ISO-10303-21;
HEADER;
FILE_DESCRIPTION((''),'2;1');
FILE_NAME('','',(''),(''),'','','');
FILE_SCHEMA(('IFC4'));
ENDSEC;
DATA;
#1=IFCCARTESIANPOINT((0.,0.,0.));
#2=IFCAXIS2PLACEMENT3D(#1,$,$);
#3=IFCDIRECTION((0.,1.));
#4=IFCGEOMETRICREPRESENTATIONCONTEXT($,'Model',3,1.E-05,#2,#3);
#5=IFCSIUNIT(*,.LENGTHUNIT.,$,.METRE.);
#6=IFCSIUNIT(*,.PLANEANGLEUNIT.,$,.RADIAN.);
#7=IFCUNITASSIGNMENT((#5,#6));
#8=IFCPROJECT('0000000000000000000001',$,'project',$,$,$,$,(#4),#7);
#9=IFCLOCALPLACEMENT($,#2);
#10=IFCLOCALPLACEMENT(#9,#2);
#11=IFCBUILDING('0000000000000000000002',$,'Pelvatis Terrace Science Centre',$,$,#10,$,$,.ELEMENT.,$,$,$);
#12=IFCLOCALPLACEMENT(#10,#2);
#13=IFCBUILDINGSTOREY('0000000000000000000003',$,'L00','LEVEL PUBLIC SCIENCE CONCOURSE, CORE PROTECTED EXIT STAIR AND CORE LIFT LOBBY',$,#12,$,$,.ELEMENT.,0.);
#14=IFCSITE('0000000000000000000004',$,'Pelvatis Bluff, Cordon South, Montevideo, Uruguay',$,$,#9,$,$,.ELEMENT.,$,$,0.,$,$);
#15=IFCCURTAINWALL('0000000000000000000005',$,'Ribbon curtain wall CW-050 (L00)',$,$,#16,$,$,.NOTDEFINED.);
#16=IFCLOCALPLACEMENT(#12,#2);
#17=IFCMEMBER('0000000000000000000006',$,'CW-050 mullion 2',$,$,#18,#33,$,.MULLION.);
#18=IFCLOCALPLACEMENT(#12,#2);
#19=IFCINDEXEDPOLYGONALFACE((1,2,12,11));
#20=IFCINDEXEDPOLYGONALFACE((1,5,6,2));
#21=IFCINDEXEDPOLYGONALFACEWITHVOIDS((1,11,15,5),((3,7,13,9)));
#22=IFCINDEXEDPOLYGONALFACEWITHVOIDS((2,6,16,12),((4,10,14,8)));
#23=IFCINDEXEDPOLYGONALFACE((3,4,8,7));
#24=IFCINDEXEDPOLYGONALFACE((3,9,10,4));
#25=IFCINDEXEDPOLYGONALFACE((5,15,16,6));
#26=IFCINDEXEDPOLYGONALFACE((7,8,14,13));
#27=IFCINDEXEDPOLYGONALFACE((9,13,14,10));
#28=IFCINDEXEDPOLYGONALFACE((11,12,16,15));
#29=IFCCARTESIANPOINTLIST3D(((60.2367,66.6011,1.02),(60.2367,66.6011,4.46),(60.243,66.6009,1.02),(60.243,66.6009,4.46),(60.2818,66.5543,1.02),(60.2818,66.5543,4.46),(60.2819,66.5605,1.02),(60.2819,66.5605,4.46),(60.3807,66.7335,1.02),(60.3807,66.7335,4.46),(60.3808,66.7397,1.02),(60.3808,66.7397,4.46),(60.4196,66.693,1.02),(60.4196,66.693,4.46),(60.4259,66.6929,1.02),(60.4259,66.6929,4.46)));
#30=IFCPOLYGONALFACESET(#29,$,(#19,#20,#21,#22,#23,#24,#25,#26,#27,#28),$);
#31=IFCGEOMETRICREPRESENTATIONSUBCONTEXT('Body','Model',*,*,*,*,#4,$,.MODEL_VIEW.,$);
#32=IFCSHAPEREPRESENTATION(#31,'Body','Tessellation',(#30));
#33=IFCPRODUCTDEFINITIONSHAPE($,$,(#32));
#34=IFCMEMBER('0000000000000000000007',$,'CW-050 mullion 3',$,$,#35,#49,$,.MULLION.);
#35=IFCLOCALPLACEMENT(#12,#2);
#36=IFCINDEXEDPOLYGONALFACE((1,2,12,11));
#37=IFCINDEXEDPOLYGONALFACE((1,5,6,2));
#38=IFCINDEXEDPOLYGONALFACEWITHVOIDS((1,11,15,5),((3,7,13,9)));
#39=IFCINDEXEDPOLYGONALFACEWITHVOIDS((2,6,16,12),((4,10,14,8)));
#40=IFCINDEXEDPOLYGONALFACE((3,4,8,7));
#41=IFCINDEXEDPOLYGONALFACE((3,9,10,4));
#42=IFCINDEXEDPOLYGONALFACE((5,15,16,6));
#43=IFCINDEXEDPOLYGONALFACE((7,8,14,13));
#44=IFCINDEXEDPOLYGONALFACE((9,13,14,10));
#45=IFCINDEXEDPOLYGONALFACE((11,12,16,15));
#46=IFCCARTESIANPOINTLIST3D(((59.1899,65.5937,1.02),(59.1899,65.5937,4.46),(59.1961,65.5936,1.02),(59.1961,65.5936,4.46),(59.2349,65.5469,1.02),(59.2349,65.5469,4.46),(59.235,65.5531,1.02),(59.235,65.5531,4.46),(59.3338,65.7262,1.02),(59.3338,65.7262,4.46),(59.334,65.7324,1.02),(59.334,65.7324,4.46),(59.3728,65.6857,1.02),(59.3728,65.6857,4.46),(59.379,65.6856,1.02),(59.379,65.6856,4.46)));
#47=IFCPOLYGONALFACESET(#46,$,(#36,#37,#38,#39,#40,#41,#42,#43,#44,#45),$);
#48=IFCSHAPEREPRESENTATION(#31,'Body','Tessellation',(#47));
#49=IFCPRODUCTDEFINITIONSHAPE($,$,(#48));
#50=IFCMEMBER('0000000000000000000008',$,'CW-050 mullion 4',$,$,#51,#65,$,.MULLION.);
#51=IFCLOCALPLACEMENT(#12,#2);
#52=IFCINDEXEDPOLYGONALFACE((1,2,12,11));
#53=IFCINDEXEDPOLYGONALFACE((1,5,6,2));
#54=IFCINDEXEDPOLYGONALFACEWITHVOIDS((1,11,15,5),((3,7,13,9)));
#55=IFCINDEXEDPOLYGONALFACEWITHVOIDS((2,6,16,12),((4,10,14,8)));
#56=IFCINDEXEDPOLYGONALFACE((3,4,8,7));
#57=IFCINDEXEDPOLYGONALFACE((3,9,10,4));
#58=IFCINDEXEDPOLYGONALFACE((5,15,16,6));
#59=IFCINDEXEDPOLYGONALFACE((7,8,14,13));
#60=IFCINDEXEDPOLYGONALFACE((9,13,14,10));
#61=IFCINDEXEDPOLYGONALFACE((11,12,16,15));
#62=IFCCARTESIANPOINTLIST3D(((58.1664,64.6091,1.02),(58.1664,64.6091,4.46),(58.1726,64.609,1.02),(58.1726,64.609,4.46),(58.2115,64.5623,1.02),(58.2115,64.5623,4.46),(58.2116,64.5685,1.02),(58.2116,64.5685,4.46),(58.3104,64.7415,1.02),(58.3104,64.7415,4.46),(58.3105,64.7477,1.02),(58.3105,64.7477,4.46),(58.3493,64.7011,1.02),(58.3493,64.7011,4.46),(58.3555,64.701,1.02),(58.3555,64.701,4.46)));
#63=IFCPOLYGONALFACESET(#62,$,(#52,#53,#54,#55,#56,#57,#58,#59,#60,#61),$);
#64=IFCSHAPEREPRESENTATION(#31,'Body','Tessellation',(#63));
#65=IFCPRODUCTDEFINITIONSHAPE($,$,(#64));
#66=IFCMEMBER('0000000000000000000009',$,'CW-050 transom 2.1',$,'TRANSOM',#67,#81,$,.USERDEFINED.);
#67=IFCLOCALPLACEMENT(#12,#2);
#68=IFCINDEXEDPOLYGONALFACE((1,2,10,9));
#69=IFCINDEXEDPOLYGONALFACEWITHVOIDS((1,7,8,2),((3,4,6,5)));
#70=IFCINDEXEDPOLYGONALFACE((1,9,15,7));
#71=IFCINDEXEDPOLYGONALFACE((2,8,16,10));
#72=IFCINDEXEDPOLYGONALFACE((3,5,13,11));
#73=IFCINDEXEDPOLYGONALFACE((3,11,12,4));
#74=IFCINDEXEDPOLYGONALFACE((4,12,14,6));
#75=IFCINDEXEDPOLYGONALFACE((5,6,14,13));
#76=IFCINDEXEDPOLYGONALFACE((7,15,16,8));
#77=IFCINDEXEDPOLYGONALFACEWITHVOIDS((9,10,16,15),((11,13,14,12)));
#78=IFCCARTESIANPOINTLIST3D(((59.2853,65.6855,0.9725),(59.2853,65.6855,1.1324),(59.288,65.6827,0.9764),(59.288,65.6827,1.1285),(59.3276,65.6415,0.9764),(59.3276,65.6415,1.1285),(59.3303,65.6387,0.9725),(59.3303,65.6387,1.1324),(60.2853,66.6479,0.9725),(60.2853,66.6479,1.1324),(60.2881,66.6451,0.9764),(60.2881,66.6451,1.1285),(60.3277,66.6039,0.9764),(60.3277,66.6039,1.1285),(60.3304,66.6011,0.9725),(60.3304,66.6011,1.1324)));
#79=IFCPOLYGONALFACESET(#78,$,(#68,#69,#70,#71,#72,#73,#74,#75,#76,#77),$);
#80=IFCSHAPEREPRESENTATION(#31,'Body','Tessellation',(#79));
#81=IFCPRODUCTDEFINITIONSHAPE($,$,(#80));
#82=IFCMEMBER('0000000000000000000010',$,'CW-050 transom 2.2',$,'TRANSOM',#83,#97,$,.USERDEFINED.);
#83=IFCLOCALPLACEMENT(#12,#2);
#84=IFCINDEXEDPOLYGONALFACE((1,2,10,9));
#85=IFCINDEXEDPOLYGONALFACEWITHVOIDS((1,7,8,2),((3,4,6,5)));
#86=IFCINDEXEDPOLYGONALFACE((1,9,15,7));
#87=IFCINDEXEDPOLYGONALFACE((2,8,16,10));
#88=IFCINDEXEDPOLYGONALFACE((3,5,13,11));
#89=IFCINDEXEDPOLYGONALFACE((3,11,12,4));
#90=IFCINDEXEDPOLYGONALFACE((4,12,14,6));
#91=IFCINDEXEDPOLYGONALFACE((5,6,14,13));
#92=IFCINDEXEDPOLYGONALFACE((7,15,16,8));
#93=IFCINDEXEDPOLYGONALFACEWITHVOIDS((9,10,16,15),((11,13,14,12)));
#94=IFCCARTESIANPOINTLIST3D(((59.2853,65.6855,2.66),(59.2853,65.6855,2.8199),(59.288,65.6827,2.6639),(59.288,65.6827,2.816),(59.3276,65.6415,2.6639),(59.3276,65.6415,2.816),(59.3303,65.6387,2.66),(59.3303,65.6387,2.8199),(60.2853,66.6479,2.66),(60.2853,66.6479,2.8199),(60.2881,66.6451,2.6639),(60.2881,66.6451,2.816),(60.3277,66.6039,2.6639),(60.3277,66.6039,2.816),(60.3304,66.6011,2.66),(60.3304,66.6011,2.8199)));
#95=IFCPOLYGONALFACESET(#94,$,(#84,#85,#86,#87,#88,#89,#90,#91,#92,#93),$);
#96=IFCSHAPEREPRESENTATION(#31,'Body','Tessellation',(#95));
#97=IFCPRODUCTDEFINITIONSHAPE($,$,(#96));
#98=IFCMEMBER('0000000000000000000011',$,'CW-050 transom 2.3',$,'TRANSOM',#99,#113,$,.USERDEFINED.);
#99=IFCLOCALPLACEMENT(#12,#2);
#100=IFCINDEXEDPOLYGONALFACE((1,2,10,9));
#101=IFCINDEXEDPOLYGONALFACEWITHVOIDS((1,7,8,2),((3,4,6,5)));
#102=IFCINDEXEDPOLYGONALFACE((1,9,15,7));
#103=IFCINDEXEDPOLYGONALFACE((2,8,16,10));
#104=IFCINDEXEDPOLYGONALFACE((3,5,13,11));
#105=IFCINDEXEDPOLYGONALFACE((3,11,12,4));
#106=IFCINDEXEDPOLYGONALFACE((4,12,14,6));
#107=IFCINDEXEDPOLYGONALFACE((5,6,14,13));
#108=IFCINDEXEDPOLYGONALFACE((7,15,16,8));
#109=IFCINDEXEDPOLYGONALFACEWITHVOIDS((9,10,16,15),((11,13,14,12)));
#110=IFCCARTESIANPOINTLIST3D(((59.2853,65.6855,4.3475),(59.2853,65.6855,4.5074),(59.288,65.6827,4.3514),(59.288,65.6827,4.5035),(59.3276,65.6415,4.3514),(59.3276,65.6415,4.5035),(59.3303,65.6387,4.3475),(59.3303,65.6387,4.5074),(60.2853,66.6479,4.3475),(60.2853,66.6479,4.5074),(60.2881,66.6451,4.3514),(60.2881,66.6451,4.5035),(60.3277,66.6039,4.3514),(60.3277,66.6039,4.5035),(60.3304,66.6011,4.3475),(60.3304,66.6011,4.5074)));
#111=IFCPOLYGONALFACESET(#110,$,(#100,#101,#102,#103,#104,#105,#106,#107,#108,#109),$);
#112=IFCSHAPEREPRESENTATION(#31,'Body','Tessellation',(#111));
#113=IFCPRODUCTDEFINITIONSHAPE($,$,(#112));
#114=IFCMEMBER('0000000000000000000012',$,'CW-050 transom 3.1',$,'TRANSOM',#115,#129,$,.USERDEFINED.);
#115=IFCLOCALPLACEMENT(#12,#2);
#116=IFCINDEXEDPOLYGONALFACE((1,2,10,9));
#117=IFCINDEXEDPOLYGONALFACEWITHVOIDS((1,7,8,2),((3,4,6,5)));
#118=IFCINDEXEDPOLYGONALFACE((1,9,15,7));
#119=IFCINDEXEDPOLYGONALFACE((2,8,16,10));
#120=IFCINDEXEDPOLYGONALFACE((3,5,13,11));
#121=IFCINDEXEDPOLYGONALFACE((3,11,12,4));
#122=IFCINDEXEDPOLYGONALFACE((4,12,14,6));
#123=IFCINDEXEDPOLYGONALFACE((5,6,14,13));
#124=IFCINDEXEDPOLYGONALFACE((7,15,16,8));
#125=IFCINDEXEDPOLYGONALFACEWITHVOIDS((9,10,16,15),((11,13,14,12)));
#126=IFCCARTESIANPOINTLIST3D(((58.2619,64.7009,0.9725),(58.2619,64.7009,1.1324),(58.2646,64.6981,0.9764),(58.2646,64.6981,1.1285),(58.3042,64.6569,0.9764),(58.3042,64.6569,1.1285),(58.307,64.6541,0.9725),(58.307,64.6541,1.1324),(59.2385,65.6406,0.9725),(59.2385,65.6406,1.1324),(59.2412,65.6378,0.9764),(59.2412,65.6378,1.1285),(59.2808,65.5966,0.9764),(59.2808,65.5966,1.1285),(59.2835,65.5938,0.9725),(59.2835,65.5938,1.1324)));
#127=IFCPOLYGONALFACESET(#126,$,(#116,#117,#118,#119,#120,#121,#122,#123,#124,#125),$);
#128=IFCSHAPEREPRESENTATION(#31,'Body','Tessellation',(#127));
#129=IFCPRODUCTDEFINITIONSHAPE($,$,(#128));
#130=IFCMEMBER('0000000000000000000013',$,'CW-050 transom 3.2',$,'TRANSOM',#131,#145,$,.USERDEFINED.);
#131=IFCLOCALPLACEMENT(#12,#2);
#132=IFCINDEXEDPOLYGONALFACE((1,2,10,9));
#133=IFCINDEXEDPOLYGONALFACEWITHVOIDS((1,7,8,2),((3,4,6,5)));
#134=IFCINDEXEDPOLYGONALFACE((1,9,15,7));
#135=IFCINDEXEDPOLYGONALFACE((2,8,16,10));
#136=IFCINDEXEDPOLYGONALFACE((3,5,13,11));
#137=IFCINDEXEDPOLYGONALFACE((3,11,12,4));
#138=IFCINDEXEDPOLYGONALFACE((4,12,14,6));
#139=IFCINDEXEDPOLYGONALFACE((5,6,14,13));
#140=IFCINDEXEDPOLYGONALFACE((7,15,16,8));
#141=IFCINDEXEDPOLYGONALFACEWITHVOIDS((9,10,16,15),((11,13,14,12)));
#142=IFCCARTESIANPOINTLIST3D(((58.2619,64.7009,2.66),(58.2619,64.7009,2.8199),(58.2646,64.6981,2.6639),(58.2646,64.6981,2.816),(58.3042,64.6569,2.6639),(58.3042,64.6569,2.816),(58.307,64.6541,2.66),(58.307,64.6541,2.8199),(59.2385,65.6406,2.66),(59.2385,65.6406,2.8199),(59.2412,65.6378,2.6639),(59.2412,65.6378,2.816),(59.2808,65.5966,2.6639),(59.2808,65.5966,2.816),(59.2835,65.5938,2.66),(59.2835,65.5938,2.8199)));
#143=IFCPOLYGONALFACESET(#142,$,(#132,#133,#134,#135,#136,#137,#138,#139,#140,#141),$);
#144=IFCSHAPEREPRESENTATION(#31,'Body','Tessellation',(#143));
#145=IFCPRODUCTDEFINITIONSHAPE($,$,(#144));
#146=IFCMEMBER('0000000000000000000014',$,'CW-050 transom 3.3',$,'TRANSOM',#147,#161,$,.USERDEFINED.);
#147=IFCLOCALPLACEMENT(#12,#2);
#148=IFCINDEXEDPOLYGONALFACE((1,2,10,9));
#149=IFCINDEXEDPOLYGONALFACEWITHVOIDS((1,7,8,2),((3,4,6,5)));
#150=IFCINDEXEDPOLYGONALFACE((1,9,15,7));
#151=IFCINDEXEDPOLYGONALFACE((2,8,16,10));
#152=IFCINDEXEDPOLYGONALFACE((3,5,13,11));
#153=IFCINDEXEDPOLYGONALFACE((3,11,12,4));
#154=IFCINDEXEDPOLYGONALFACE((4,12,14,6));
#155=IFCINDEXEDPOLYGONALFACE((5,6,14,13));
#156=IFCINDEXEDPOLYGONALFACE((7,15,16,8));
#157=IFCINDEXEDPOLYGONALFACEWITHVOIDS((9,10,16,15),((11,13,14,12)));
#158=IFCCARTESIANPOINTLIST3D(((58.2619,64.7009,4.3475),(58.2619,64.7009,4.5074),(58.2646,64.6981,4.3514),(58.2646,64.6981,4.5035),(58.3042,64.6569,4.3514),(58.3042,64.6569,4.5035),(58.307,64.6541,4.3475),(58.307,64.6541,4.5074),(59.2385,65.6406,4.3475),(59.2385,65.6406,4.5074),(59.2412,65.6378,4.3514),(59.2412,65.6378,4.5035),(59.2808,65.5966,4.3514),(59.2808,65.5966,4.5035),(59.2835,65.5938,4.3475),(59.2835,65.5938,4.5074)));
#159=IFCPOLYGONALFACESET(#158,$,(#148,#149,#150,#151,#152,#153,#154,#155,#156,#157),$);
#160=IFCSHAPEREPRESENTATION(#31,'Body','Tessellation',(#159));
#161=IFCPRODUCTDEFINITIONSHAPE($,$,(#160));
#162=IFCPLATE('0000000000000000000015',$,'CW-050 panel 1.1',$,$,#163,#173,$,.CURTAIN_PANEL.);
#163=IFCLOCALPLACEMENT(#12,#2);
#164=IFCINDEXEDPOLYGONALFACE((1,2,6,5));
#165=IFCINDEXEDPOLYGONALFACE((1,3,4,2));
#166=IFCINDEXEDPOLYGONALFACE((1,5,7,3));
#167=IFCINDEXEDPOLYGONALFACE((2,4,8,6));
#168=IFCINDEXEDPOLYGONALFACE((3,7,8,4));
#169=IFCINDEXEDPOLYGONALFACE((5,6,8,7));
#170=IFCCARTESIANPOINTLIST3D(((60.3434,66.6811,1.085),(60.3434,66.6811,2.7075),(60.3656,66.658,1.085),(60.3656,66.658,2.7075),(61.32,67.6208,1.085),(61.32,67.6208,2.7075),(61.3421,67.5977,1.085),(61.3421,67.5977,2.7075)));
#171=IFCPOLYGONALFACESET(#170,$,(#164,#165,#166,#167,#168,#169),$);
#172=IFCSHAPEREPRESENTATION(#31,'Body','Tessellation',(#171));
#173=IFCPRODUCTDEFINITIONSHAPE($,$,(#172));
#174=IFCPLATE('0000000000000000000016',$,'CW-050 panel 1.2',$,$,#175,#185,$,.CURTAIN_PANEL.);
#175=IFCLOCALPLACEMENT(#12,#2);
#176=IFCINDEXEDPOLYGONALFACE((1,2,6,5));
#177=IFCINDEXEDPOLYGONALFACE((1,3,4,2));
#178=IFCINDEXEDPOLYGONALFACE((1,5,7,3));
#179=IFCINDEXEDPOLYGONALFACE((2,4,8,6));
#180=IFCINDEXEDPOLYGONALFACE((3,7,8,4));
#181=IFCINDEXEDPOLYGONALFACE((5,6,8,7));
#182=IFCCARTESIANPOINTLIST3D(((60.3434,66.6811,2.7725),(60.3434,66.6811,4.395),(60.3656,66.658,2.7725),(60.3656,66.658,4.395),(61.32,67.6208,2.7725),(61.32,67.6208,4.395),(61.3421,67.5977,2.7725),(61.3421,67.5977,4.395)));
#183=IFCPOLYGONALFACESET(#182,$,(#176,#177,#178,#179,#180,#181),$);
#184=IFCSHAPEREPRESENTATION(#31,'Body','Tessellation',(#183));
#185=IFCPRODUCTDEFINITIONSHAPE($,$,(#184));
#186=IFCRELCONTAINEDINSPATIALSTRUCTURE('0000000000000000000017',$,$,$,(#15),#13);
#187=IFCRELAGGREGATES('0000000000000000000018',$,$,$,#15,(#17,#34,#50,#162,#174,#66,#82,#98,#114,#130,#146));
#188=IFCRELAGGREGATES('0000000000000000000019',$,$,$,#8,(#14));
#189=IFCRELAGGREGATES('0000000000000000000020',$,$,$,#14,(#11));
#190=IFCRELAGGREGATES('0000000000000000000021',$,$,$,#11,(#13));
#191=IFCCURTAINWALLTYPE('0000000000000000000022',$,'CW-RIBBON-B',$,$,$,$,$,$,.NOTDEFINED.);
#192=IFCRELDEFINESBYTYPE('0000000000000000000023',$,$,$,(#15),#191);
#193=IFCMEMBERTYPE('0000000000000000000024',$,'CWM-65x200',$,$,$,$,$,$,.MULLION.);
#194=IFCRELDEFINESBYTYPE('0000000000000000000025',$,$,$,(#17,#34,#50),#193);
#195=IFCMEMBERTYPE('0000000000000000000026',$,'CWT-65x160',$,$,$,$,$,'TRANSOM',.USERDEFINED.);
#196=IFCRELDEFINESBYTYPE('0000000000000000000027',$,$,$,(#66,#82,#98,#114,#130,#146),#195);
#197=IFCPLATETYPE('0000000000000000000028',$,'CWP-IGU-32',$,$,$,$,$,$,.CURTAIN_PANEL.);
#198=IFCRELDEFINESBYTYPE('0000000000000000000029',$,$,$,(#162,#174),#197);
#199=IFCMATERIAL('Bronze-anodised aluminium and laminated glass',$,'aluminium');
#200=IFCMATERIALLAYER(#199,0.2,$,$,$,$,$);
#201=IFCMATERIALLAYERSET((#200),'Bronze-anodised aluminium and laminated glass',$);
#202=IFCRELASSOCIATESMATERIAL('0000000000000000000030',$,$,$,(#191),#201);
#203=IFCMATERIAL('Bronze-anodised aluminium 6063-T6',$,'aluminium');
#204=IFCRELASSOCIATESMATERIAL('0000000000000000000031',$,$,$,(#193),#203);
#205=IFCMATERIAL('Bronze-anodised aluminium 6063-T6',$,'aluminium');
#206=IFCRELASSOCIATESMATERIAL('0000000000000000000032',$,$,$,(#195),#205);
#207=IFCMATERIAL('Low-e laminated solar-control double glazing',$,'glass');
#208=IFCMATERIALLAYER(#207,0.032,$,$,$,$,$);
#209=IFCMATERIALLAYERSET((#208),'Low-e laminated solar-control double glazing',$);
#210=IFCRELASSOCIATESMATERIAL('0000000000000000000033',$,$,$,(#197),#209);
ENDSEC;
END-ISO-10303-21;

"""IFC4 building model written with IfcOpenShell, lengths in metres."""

from ifc_helpers import new_model, si_unit, direction, frame, origin, origin_2d, place, context, subcontext, project, spatial, rectangle, hollow_rectangle, extrude, material, layer, layer_set, material_profile, profile_set, type_object, element, aggregate, save


model = new_model("IFC4")

# Units and contexts
model_context = context("Model", 3, precision=1e-05, world=origin(), true_north=direction((0.0, 1.0)))
body_context = subcontext(model_context, "Body", "Model", "MODEL_VIEW")
ifc_project = project(units=[si_unit("LENGTHUNIT", "METRE"), si_unit("PLANEANGLEUNIT", "RADIAN")], contexts=[model_context])

# Site, building, storey
site_placement = place(None, origin())
site = spatial("IfcSite", under=ifc_project, at=site_placement, Name="Pelvatis Bluff, Cordon South, Montevideo, Uruguay", CompositionType="ELEMENT", RefElevation=0.0)
building_placement = place(site_placement, origin())
building = spatial("IfcBuilding", under=site, at=building_placement, Name="Pelvatis Terrace Science Centre", CompositionType="ELEMENT")
storey_placement = place(building_placement, origin())
storey = spatial("IfcBuildingStorey", under=building, at=storey_placement, Name="L00", Description="LEVEL PUBLIC SCIENCE CONCOURSE, CORE PROTECTED EXIT STAIR AND CORE LIFT LOBBY", CompositionType="ELEMENT", Elevation=0.0)

# Curtain wall, members, plates
ifc_material_1 = material(Name="Bronze-anodised aluminium and laminated glass", Category="aluminium")
ifc_layer_1 = layer(ifc_material_1, 0.2)
ifc_layer_set_1 = layer_set([ifc_layer_1], Name="Bronze-anodised aluminium and laminated glass")
curtain_wall_type = type_object("IfcCurtainWallType", Name="CW-RIBBON-B", PredefinedType="NOTDEFINED", material=ifc_layer_set_1)
curtain_wall_placement = place(storey_placement, origin())
curtain_wall = element("IfcCurtainWall", 1, at=curtain_wall_placement, inside=storey, type_object=curtain_wall_type, Name="Ribbon curtain wall CW-050 (L00)", PredefinedType="NOTDEFINED")
ifc_material_2 = material(Name="Bronze-anodised aluminium 6063-T6", Category="aluminium")
ifc_material_profile_1 = material_profile(ifc_material_2, hollow_rectangle(XDim=0.0649, YDim=0.2, WallThickness=0.0044, at=origin_2d()), Name="ALU-MUL 65x200")
ifc_profile_set_1 = profile_set([ifc_material_profile_1], Name="Bronze-anodised aluminium 6063-T6")
member_type_1 = type_object("IfcMemberType", Name="CWM-65x200", PredefinedType="MULLION", material=ifc_profile_set_1)
member_1_placement = place(storey_placement, frame((60.3313, 66.647, 1.02), z_axis=(0.0, 0.0, 1.0), x_axis=(0.693369, -0.720583, 0.0)))
member_1 = element("IfcMember", 2, at=member_1_placement, type_object=member_type_1, Name="CW-050 mullion 2", PredefinedType="MULLION", context=body_context, shape_type="SweptSolid", body=[
    extrude(hollow_rectangle(XDim=0.0649, YDim=0.2, WallThickness=0.0044, at=origin_2d()), origin(), (0.0, 0.0, 1.0), 3.4399),
])
member_2_placement = place(storey_placement, frame((59.2844, 65.6396, 1.02), z_axis=(0.0, 0.0, 1.0), x_axis=(0.693369, -0.720583, 0.0)))
member_2 = element("IfcMember", 3, at=member_2_placement, type_object=member_type_1, Name="CW-050 mullion 3", PredefinedType="MULLION", context=body_context, shape_type="SweptSolid", body=[
    extrude(hollow_rectangle(XDim=0.0649, YDim=0.2, WallThickness=0.0044, at=origin_2d()), origin(), (0.0, 0.0, 1.0), 3.4399),
])
member_3_placement = place(storey_placement, frame((58.261, 64.655, 1.02), z_axis=(0.0, 0.0, 1.0), x_axis=(0.693369, -0.720583, 0.0)))
member_3 = element("IfcMember", 4, at=member_3_placement, type_object=member_type_1, Name="CW-050 mullion 4", PredefinedType="MULLION", context=body_context, shape_type="SweptSolid", body=[
    extrude(hollow_rectangle(XDim=0.0649, YDim=0.2, WallThickness=0.0044, at=origin_2d()), origin(), (0.0, 0.0, 1.0), 3.4399),
])
ifc_material_3 = material(Name="Bronze-anodised aluminium 6063-T6", Category="aluminium")
ifc_material_profile_2 = material_profile(ifc_material_3, hollow_rectangle(XDim=0.0649, YDim=0.1599, WallThickness=0.0039, at=origin_2d()), Name="ALU-TRN 65x160")
ifc_profile_set_2 = profile_set([ifc_material_profile_2], Name="Bronze-anodised aluminium 6063-T6")
member_type_2 = type_object("IfcMemberType", Name="CWT-65x160", ElementType="TRANSOM", PredefinedType="USERDEFINED", material=ifc_profile_set_2)
member_4_placement = place(storey_placement, frame((60.3079, 66.6245, 1.0525), z_axis=(-0.720522, -0.693432, 0.0), x_axis=(0.693432, -0.720522, 0.0)))
member_4 = element("IfcMember", 5, at=member_4_placement, type_object=member_type_2, Name="CW-050 transom 2.1", ObjectType="TRANSOM", PredefinedType="USERDEFINED", context=body_context, shape_type="SweptSolid", body=[
    extrude(hollow_rectangle(XDim=0.0649, YDim=0.1599, WallThickness=0.0039, at=origin_2d()), origin(), (0.0, 0.0, 1.0), 1.3879),
])
member_5_placement = place(storey_placement, frame((60.3079, 66.6245, 2.74), z_axis=(-0.720522, -0.693432, 0.0), x_axis=(0.693432, -0.720522, 0.0)))
member_5 = element("IfcMember", 6, at=member_5_placement, type_object=member_type_2, Name="CW-050 transom 2.2", ObjectType="TRANSOM", PredefinedType="USERDEFINED", context=body_context, shape_type="SweptSolid", body=[
    extrude(hollow_rectangle(XDim=0.0649, YDim=0.1599, WallThickness=0.0039, at=origin_2d()), origin(), (0.0, 0.0, 1.0), 1.3879),
])
member_6_placement = place(storey_placement, frame((60.3079, 66.6245, 4.4275), z_axis=(-0.720522, -0.693432, 0.0), x_axis=(0.693432, -0.720522, 0.0)))
member_6 = element("IfcMember", 7, at=member_6_placement, type_object=member_type_2, Name="CW-050 transom 2.3", ObjectType="TRANSOM", PredefinedType="USERDEFINED", context=body_context, shape_type="SweptSolid", body=[
    extrude(hollow_rectangle(XDim=0.0649, YDim=0.1599, WallThickness=0.0039, at=origin_2d()), origin(), (0.0, 0.0, 1.0), 1.3879),
])
member_7_placement = place(storey_placement, frame((59.261, 65.6172, 1.0525), z_axis=(-0.720577, -0.693375, 0.0), x_axis=(0.693375, -0.720577, 0.0)))
member_7 = element("IfcMember", 8, at=member_7_placement, type_object=member_type_2, Name="CW-050 transom 3.1", ObjectType="TRANSOM", PredefinedType="USERDEFINED", context=body_context, shape_type="SweptSolid", body=[
    extrude(hollow_rectangle(XDim=0.0649, YDim=0.1599, WallThickness=0.0039, at=origin_2d()), origin(), (0.0, 0.0, 1.0), 1.3552),
])
member_8_placement = place(storey_placement, frame((59.261, 65.6172, 2.74), z_axis=(-0.720577, -0.693375, 0.0), x_axis=(0.693375, -0.720577, 0.0)))
member_8 = element("IfcMember", 9, at=member_8_placement, type_object=member_type_2, Name="CW-050 transom 3.2", ObjectType="TRANSOM", PredefinedType="USERDEFINED", context=body_context, shape_type="SweptSolid", body=[
    extrude(hollow_rectangle(XDim=0.0649, YDim=0.1599, WallThickness=0.0039, at=origin_2d()), origin(), (0.0, 0.0, 1.0), 1.3552),
])
member_9_placement = place(storey_placement, frame((59.261, 65.6172, 4.4275), z_axis=(-0.720577, -0.693375, 0.0), x_axis=(0.693375, -0.720577, 0.0)))
member_9 = element("IfcMember", 10, at=member_9_placement, type_object=member_type_2, Name="CW-050 transom 3.3", ObjectType="TRANSOM", PredefinedType="USERDEFINED", context=body_context, shape_type="SweptSolid", body=[
    extrude(hollow_rectangle(XDim=0.0649, YDim=0.1599, WallThickness=0.0039, at=origin_2d()), origin(), (0.0, 0.0, 1.0), 1.3552),
])
ifc_material_4 = material(Name="Low-e laminated solar-control double glazing", Category="glass")
ifc_layer_2 = layer(ifc_material_4, 0.032)
ifc_layer_set_2 = layer_set([ifc_layer_2], Name="Low-e laminated solar-control double glazing")
plate_type = type_object("IfcPlateType", Name="CWP-IGU-32", PredefinedType="CURTAIN_PANEL", material=ifc_layer_set_2)
plate_1_placement = place(storey_placement, frame((60.8428, 67.1394, 1.085), z_axis=(0.0, 0.0, 1.0), x_axis=(-0.720583, -0.693369, 0.0)))
plate_1 = element("IfcPlate", 11, at=plate_1_placement, type_object=plate_type, Name="CW-050 panel 1.1", PredefinedType="CURTAIN_PANEL", context=body_context, shape_type="SweptSolid", body=[
    extrude(rectangle(XDim=1.3552, YDim=0.032, at=origin_2d()), origin(), (0.0, 0.0, 1.0), 1.6226),
])
plate_2_placement = place(storey_placement, frame((60.8428, 67.1394, 2.7725), z_axis=(0.0, 0.0, 1.0), x_axis=(-0.720583, -0.693369, 0.0)))
plate_2 = element("IfcPlate", 12, at=plate_2_placement, type_object=plate_type, Name="CW-050 panel 1.2", PredefinedType="CURTAIN_PANEL", context=body_context, shape_type="SweptSolid", body=[
    extrude(rectangle(XDim=1.3552, YDim=0.032, at=origin_2d()), origin(), (0.0, 0.0, 1.0), 1.6226),
])
aggregate(curtain_wall, [member_1, member_2, member_3, plate_1, plate_2, member_4, member_5, member_6, member_7, member_8, member_9])

save(model, "model.ifc")
